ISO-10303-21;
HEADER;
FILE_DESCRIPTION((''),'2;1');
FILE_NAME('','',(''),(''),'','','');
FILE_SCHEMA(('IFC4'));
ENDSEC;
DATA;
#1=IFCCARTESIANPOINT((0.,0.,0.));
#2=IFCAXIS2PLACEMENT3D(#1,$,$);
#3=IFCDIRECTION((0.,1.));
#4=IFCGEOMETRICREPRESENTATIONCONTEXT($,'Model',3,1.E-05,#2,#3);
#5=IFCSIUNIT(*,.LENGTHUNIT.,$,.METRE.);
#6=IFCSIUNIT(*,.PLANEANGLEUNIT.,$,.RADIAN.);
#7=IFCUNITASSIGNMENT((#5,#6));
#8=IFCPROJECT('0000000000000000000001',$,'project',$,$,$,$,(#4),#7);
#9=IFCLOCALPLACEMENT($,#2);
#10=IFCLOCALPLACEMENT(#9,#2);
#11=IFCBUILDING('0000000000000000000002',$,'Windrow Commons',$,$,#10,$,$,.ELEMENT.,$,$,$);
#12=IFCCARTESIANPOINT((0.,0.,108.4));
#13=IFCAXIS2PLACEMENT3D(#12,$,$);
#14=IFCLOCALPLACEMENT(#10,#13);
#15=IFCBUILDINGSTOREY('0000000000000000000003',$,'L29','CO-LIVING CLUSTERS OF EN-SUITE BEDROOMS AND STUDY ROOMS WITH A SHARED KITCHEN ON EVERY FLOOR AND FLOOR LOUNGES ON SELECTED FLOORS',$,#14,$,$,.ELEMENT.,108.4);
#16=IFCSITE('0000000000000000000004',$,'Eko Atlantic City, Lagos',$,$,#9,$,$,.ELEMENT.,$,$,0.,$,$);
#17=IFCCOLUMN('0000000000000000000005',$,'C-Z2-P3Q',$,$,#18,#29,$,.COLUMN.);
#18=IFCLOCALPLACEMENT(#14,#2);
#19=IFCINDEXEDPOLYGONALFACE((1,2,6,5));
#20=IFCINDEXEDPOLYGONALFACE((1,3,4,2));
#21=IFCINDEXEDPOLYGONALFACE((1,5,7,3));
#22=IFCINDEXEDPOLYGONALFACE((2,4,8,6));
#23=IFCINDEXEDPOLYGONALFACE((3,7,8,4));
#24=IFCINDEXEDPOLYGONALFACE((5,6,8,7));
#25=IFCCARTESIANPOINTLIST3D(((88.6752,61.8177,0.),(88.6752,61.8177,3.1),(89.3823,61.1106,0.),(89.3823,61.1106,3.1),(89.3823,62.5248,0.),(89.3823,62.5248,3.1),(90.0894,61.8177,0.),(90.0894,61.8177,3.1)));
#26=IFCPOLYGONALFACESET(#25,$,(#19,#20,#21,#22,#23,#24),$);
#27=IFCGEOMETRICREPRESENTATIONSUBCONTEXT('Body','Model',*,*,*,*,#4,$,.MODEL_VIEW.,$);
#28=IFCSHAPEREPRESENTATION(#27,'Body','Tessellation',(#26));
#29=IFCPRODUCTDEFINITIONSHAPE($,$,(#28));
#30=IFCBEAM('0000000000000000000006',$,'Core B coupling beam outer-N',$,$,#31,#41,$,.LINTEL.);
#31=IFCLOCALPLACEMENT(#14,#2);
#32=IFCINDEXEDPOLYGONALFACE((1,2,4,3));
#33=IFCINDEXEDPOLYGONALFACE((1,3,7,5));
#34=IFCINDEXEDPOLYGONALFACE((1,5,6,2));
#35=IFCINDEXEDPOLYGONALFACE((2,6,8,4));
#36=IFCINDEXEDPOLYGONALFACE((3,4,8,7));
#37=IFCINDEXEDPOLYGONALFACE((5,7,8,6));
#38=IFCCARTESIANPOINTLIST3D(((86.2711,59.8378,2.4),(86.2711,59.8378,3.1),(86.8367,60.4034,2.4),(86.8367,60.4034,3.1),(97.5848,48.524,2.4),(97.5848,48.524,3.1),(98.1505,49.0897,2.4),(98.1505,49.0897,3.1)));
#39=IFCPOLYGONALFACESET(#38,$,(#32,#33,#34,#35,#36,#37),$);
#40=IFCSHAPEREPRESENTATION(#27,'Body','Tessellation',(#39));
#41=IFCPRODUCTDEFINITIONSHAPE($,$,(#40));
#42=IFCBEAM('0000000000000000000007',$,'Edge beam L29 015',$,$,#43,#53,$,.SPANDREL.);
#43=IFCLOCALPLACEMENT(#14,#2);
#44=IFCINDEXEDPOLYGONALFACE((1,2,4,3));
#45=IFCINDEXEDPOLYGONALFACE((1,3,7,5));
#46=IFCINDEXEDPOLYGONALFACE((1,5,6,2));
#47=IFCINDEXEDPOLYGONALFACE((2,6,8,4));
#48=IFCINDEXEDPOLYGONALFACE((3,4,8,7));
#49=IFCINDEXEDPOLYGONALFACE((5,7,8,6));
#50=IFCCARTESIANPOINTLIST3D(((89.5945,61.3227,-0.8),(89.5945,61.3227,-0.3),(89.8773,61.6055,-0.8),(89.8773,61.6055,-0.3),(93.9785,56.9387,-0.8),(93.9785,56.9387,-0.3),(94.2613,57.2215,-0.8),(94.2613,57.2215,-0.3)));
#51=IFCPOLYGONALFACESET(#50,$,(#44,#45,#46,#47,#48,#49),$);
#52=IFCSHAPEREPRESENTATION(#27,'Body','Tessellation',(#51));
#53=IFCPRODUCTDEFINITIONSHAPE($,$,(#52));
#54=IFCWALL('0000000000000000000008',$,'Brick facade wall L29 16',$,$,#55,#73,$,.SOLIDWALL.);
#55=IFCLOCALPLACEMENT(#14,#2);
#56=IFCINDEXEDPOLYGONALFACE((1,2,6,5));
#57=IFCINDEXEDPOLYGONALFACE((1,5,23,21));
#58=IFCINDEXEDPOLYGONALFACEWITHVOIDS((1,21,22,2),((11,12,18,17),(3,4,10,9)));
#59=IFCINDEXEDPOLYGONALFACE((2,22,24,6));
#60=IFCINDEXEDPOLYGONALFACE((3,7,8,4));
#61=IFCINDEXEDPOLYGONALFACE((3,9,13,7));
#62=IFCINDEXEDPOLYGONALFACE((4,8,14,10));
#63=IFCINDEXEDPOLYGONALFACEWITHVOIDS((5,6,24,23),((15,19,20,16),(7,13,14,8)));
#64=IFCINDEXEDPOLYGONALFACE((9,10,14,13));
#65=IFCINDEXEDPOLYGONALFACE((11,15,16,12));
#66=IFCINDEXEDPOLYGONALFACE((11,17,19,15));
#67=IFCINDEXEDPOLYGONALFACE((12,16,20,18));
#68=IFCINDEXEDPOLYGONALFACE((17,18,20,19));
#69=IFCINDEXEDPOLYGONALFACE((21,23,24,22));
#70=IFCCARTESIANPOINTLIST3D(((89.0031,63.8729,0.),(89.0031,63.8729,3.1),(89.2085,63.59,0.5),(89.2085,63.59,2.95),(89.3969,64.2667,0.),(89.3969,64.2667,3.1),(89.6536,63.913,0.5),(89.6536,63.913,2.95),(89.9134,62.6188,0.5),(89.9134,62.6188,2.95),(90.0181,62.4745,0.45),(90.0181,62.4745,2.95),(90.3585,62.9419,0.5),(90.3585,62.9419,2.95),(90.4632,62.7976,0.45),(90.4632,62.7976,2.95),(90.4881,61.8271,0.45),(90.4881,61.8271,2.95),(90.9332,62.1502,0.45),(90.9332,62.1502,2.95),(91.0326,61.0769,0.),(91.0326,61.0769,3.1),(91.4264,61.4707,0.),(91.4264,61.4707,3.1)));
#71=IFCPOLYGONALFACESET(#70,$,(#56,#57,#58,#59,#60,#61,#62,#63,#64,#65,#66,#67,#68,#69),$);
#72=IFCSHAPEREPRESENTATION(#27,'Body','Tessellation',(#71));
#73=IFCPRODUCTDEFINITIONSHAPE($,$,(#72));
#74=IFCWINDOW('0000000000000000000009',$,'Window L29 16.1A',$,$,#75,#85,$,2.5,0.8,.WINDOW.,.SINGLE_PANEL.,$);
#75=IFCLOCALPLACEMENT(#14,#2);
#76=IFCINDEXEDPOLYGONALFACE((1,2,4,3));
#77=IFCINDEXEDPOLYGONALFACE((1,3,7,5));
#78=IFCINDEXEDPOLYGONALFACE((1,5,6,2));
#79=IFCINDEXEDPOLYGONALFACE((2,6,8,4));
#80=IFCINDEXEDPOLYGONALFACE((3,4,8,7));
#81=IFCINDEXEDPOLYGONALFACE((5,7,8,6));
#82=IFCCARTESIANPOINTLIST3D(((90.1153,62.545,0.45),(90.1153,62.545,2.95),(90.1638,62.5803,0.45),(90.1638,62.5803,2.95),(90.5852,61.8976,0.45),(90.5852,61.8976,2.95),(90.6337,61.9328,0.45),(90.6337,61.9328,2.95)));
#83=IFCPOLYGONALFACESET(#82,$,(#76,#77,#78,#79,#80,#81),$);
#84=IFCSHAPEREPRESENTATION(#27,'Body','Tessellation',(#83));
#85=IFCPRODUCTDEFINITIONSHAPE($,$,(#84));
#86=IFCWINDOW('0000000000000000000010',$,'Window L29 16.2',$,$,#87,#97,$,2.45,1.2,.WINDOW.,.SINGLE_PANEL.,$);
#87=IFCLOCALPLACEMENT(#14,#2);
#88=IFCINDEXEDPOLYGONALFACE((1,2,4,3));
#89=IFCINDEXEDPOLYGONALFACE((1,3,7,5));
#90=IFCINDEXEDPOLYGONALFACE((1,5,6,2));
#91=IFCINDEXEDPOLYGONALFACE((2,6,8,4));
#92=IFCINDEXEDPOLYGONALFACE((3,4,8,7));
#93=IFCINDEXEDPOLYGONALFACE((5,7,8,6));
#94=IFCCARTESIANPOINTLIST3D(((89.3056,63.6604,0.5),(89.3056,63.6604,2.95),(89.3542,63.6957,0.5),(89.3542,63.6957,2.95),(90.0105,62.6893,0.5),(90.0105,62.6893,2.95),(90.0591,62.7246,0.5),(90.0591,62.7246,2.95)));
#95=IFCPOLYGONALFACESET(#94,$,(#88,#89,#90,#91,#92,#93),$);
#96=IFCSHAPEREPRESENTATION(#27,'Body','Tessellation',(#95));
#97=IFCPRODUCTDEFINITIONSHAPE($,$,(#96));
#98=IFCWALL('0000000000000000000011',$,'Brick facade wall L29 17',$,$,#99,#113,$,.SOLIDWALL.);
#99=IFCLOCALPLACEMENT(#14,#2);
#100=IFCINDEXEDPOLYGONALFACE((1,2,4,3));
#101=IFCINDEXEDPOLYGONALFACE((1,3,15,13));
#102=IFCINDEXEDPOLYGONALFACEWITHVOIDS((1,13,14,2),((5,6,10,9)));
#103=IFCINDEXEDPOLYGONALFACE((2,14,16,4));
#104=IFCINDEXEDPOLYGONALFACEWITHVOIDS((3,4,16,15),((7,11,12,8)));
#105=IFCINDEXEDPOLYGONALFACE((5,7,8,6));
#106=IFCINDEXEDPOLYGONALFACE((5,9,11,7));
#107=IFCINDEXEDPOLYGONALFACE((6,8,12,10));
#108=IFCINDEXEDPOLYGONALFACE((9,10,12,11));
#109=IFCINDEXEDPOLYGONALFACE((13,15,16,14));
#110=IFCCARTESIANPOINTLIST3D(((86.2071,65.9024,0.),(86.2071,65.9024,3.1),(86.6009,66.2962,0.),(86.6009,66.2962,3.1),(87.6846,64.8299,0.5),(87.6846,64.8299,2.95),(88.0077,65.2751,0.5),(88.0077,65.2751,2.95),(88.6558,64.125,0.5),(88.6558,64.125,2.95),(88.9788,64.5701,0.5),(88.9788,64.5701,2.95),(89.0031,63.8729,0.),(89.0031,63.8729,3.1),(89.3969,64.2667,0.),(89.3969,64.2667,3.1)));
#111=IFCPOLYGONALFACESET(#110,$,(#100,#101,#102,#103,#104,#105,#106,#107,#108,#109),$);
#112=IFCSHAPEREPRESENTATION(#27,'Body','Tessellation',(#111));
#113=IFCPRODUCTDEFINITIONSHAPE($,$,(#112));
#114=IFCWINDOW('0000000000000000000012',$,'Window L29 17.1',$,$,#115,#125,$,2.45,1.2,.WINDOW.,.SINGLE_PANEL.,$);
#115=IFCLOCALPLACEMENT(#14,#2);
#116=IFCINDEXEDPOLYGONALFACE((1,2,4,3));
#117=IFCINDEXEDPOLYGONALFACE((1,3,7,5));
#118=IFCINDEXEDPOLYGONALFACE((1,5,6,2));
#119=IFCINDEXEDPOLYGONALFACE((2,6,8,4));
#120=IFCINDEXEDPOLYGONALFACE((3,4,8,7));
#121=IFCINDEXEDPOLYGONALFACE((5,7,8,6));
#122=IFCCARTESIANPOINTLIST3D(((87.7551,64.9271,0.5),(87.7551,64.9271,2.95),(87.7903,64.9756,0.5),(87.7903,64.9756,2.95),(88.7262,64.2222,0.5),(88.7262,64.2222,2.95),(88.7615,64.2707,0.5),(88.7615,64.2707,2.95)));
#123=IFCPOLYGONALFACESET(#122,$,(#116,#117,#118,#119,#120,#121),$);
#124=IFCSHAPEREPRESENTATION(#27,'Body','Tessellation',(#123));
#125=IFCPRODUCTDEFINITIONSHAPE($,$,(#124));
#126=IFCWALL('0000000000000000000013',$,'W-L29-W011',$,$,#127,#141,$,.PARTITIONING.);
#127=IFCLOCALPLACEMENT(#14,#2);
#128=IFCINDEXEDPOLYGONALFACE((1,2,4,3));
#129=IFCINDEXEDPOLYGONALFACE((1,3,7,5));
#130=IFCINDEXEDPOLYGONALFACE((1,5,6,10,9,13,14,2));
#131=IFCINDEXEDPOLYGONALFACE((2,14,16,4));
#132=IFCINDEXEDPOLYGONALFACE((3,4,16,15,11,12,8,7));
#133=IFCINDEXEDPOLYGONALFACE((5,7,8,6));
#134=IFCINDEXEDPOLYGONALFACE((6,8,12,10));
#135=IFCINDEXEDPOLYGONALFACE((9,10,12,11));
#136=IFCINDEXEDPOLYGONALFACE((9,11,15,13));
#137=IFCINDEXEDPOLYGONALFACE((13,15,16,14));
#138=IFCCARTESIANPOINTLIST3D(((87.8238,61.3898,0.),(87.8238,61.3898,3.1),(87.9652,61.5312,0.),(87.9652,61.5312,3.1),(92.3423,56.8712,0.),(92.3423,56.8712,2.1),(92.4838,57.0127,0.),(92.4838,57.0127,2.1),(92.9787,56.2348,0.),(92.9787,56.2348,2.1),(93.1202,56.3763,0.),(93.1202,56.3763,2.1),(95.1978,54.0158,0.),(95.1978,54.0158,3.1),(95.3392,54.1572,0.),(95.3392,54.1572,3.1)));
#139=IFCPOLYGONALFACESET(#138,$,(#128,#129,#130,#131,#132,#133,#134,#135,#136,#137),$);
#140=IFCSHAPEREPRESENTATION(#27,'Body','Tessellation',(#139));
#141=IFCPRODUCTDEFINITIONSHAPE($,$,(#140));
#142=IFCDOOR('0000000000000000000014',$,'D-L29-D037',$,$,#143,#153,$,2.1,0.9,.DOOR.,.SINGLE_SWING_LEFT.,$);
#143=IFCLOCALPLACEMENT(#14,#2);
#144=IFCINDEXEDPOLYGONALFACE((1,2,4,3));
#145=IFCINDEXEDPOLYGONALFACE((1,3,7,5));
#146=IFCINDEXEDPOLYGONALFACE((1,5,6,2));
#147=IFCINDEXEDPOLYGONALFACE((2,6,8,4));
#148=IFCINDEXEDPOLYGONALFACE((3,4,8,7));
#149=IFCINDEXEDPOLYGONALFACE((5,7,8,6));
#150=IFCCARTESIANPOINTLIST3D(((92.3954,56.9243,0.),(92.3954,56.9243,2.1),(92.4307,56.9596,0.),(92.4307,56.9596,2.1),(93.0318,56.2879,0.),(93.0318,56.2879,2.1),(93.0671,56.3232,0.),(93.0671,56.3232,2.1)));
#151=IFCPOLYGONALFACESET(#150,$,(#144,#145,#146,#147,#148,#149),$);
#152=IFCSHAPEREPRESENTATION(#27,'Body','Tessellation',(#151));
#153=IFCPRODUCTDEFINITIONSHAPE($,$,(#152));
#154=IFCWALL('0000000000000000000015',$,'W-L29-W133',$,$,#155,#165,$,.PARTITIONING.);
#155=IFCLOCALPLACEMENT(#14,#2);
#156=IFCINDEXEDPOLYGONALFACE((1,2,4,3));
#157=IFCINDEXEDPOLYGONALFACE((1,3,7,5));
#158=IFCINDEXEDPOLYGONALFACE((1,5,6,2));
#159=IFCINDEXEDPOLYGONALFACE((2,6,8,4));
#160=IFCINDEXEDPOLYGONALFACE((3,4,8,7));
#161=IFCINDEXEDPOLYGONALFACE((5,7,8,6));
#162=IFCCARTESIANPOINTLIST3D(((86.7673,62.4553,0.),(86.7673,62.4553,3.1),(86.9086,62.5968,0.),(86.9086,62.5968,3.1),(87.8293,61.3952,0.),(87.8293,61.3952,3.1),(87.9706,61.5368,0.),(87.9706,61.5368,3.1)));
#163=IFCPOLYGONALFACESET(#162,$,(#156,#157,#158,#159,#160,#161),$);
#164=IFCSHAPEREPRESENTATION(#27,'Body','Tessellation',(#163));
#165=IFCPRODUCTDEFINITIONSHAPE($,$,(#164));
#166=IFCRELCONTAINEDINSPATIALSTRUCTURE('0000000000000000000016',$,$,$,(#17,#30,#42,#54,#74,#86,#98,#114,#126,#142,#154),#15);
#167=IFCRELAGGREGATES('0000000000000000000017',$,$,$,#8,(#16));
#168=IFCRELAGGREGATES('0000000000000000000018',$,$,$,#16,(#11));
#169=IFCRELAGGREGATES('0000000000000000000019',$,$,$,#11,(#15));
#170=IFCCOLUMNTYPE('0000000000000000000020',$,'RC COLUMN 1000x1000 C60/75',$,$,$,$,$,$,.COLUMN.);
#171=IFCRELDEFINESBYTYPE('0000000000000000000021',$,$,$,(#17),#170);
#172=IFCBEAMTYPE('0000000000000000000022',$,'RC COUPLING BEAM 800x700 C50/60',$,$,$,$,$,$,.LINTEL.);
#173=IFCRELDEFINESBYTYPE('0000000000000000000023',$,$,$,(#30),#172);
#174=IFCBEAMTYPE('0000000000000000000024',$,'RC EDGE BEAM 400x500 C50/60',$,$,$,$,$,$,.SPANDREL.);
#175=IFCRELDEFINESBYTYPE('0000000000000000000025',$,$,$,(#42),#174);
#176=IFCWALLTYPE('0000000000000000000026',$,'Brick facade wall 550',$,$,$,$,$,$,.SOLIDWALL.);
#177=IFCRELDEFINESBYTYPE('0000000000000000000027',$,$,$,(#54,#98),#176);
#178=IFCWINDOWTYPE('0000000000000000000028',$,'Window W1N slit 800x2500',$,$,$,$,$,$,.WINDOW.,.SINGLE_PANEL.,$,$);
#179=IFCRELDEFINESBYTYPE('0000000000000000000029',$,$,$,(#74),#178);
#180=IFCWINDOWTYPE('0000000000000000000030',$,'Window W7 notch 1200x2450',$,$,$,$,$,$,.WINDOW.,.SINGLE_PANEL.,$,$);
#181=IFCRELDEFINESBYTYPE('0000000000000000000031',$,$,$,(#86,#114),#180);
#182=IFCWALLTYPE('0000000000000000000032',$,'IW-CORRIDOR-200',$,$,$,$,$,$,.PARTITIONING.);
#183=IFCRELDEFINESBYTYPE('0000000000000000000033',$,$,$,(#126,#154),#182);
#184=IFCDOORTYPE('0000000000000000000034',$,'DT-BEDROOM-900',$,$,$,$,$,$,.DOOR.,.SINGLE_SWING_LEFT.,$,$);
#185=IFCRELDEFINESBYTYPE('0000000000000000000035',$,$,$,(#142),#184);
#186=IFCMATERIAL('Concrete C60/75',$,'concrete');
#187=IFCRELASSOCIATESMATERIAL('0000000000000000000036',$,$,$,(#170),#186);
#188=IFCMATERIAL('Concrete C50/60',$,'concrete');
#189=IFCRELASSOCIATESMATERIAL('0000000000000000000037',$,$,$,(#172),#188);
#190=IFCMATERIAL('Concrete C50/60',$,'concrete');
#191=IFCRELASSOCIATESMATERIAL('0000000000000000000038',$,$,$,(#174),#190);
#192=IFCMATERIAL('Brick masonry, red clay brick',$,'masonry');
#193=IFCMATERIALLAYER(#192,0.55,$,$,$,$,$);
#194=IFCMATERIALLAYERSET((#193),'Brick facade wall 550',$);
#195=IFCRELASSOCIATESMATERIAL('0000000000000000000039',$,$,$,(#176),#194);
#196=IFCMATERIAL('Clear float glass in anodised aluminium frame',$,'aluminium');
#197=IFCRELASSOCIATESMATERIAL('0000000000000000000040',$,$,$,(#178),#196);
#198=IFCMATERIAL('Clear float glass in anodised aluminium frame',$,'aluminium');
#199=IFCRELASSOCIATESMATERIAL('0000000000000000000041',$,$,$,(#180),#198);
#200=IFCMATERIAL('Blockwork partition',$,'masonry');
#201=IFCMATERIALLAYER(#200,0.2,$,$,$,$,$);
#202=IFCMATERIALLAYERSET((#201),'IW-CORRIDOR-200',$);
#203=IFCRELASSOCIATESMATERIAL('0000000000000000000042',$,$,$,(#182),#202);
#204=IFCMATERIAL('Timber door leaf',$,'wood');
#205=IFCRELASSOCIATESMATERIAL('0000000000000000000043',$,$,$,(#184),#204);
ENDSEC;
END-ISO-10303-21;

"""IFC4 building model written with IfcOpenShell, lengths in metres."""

from ifc_helpers import new_model, si_unit, direction, frame, frame_2d, origin, origin_2d, place, context, subcontext, project, spatial, polyline, rectangle, outline, extrude, material, layer, layer_set, material_profile, profile_set, type_object, element, fill, save


model = new_model("IFC4")

# Units and contexts
model_context = context("Model", 3, precision=1e-05, world=origin(), true_north=direction((0.0, 1.0)))
body_context = subcontext(model_context, "Body", "Model", "MODEL_VIEW")
ifc_project = project(units=[si_unit("LENGTHUNIT", "METRE"), si_unit("PLANEANGLEUNIT", "RADIAN")], contexts=[model_context])

# Site, building, storey
site_placement = place(None, origin())
site = spatial("IfcSite", under=ifc_project, at=site_placement, Name="Eko Atlantic City, Lagos", CompositionType="ELEMENT", RefElevation=0.0)
building_placement = place(site_placement, origin())
building = spatial("IfcBuilding", under=site, at=building_placement, Name="Windrow Commons", CompositionType="ELEMENT")
storey_placement = place(building_placement, frame((0.0, 0.0, 108.4)))
storey = spatial("IfcBuildingStorey", under=building, at=storey_placement, Name="L29", Description="CO-LIVING CLUSTERS OF EN-SUITE BEDROOMS AND STUDY ROOMS WITH A SHARED KITCHEN ON EVERY FLOOR AND FLOOR LOUNGES ON SELECTED FLOORS", CompositionType="ELEMENT", Elevation=108.4)

# Column
ifc_material_1 = material(Name="Concrete C60/75", Category="concrete")
ifc_material_profile_1 = material_profile(ifc_material_1, rectangle(XDim=1.0, YDim=1.0, at=origin_2d()))
ifc_profile_set_1 = profile_set([ifc_material_profile_1], Name="Concrete C60/75")
column_type = type_object("IfcColumnType", Name="RC COLUMN 1000x1000 C60/75", PredefinedType="COLUMN", material=ifc_profile_set_1)
column_placement = place(storey_placement, frame((89.3823, 61.8177, 0.0), z_axis=(0.0, 0.0, 1.0), x_axis=(0.707107, -0.707107, 0.0)))
element("IfcColumn", 1, at=column_placement, inside=storey, type_object=column_type, Name="C-Z2-P3Q", PredefinedType="COLUMN", context=body_context, shape_type="SweptSolid", body=[
    extrude(rectangle(XDim=1.0, YDim=1.0, at=origin_2d()), origin(), (0.0, 0.0, 1.0), 3.1),
])

# Beams
ifc_material_2 = material(Name="Concrete C50/60", Category="concrete")
ifc_material_profile_2 = material_profile(ifc_material_2, rectangle(XDim=0.8, YDim=0.7, at=origin_2d()))
ifc_profile_set_2 = profile_set([ifc_material_profile_2], Name="Concrete C50/60")
beam_type_1 = type_object("IfcBeamType", Name="RC COUPLING BEAM 800x700 C50/60", PredefinedType="LINTEL", material=ifc_profile_set_2)
beam_1_placement = place(storey_placement, frame((86.5539, 60.1206, 2.75), z_axis=(0.707107, -0.707107, 0.0), x_axis=(0.707107, 0.707107, 0.0)))
element("IfcBeam", 2, at=beam_1_placement, inside=storey, type_object=beam_type_1, Name="Core B coupling beam outer-N", PredefinedType="LINTEL", context=body_context, shape_type="SweptSolid", body=[
    extrude(rectangle(XDim=0.8, YDim=0.7, at=origin_2d()), origin(), (0.0, 0.0, 1.0), 16.0),
])
ifc_material_3 = material(Name="Concrete C50/60", Category="concrete")
ifc_material_profile_3 = material_profile(ifc_material_3, rectangle(XDim=0.4, YDim=0.5, at=origin_2d()))
ifc_profile_set_3 = profile_set([ifc_material_profile_3], Name="Concrete C50/60")
beam_type_2 = type_object("IfcBeamType", Name="RC EDGE BEAM 400x500 C50/60", PredefinedType="SPANDREL", material=ifc_profile_set_3)
beam_2_placement = place(storey_placement, frame((89.7359, 61.4641, -0.55), z_axis=(0.707107, -0.707107, 0.0), x_axis=(0.707107, 0.707107, 0.0)))
element("IfcBeam", 3, at=beam_2_placement, inside=storey, type_object=beam_type_2, Name="Edge beam L29 015", PredefinedType="SPANDREL", context=body_context, shape_type="SweptSolid", body=[
    extrude(rectangle(XDim=0.4, YDim=0.5, at=origin_2d()), origin(), (0.0, 0.0, 1.0), 6.1999),
])

# Wall, openings, windows
ifc_material_4 = material(Name="Brick masonry, red clay brick", Category="masonry")
ifc_layer_1 = layer(ifc_material_4, 0.55)
ifc_layer_set_1 = layer_set([ifc_layer_1], Name="Brick facade wall 550")
wall_type_1 = type_object("IfcWallType", Name="Brick facade wall 550", PredefinedType="SOLIDWALL", material=ifc_layer_set_1)
wall_1_placement = place(storey_placement, frame((91.2295, 61.2738, 0.0), z_axis=(0.0, 0.0, 1.0), x_axis=(-0.587423, 0.80928, 0.0)))
wall_1 = element("IfcWall", 4, at=wall_1_placement, inside=storey, type_object=wall_type_1, Name="Brick facade wall L29 16", PredefinedType="SOLIDWALL", context=body_context, shape_type="SweptSolid", body=[
    extrude(outline(polyline([(0.0437, -0.275), (3.4986, -0.275), (3.4112, 0.275), (-0.0437, 0.275), (0.0437, -0.275)])), origin(), (0.0, 0.0, 1.0), 3.1),
])
opening_1_placement = place(wall_1_placement, frame((1.8616, 0.0, 0.5)))
opening_1 = element("IfcOpeningElement", 5, at=opening_1_placement, cuts=wall_1, PredefinedType="OPENING", context=body_context, shape_type="SweptSolid", body=[
    extrude(rectangle(XDim=1.2, YDim=2.45, at=frame_2d((0.6, 1.225))), frame((0.0, 0.285, 0.0), z_axis=(0.0, -1.0, 0.0), x_axis=(1.0, 0.0, 0.0)), (0.0, 0.0, 1.0), 0.57),
])
opening_2_placement = place(wall_1_placement, frame((0.8833, 0.0, 0.45)))
opening_2 = element("IfcOpeningElement", 6, at=opening_2_placement, cuts=wall_1, PredefinedType="OPENING", context=body_context, shape_type="SweptSolid", body=[
    extrude(rectangle(XDim=0.8, YDim=2.5, at=frame_2d((0.4, 1.25))), frame((0.0, 0.285, 0.0), z_axis=(0.0, -1.0, 0.0), x_axis=(1.0, 0.0, 0.0)), (0.0, 0.0, 1.0), 0.57),
])
ifc_material_5 = material(Name="Clear float glass in anodised aluminium frame", Category="aluminium")
window_type_1 = type_object("IfcWindowType", Name="Window W1N slit 800x2500", PartitioningType="SINGLE_PANEL", PredefinedType="WINDOW", material=ifc_material_5)
window_1_placement = place(opening_2_placement, origin())
window_1 = element("IfcWindow", 7, at=window_1_placement, inside=storey, type_object=window_type_1, Name="Window L29 16.1A", OverallHeight=2.5, OverallWidth=0.8, PartitioningType="SINGLE_PANEL", PredefinedType="WINDOW", context=body_context, shape_type="SweptSolid", body=[
    extrude(rectangle(XDim=0.8, YDim=2.5, at=frame_2d((0.4, 1.25))), frame((0.0, 0.155, 0.0), z_axis=(0.0, -1.0, 0.0), x_axis=(1.0, 0.0, 0.0)), (0.0, 0.0, 1.0), 0.06),
])
fill(opening_2, window_1)
ifc_material_6 = material(Name="Clear float glass in anodised aluminium frame", Category="aluminium")
window_type_2 = type_object("IfcWindowType", Name="Window W7 notch 1200x2450", PartitioningType="SINGLE_PANEL", PredefinedType="WINDOW", material=ifc_material_6)
window_2_placement = place(opening_1_placement, origin())
window_2 = element("IfcWindow", 8, at=window_2_placement, inside=storey, type_object=window_type_2, Name="Window L29 16.2", OverallHeight=2.45, OverallWidth=1.2, PartitioningType="SINGLE_PANEL", PredefinedType="WINDOW", context=body_context, shape_type="SweptSolid", body=[
    extrude(rectangle(XDim=1.2, YDim=2.45, at=frame_2d((0.6, 1.225))), frame((0.0, 0.155, 0.0), z_axis=(0.0, -1.0, 0.0), x_axis=(1.0, 0.0, 0.0)), (0.0, 0.0, 1.0), 0.06),
])
fill(opening_1, window_2)

# Wall, opening, window
wall_2_placement = place(storey_placement, frame((89.2, 64.0698, 0.0), z_axis=(0.0, 0.0, 1.0), x_axis=(-0.80928, 0.587423, 0.0)))
wall_2 = element("IfcWall", 9, at=wall_2_placement, inside=storey, type_object=wall_type_1, Name="Brick facade wall L29 17", PredefinedType="SOLIDWALL", context=body_context, shape_type="SweptSolid", body=[
    extrude(outline(polyline([(-0.0437, -0.275), (3.4112, -0.275), (3.4986, 0.275), (0.0437, 0.275), (-0.0437, -0.275)])), origin(), (0.0, 0.0, 1.0), 3.1),
])
opening_3_placement = place(wall_2_placement, frame((0.4729, 0.0, 0.5)))
opening_3 = element("IfcOpeningElement", 10, at=opening_3_placement, cuts=wall_2, PredefinedType="OPENING", context=body_context, shape_type="SweptSolid", body=[
    extrude(rectangle(XDim=1.2, YDim=2.45, at=frame_2d((0.6, 1.225))), frame((0.0, 0.285, 0.0), z_axis=(0.0, -1.0, 0.0), x_axis=(1.0, 0.0, 0.0)), (0.0, 0.0, 1.0), 0.57),
])
window_3_placement = place(opening_3_placement, origin())
window_3 = element("IfcWindow", 11, at=window_3_placement, inside=storey, type_object=window_type_2, Name="Window L29 17.1", OverallHeight=2.45, OverallWidth=1.2, PartitioningType="SINGLE_PANEL", PredefinedType="WINDOW", context=body_context, shape_type="SweptSolid", body=[
    extrude(rectangle(XDim=1.2, YDim=2.45, at=frame_2d((0.6, 1.225))), frame((0.0, 0.155, 0.0), z_axis=(0.0, -1.0, 0.0), x_axis=(1.0, 0.0, 0.0)), (0.0, 0.0, 1.0), 0.06),
])
fill(opening_3, window_3)

# Wall, opening, door
ifc_material_7 = material(Name="Blockwork partition", Category="masonry")
ifc_layer_2 = layer(ifc_material_7, 0.2)
ifc_layer_set_2 = layer_set([ifc_layer_2], Name="IW-CORRIDOR-200")
wall_type_2 = type_object("IfcWallType", Name="IW-CORRIDOR-200", PredefinedType="PARTITIONING", material=ifc_layer_set_2)
wall_3_placement = place(storey_placement, frame((87.8945, 61.4605, 0.0), z_axis=(0.0, 0.0, 1.0), x_axis=(0.707107, -0.707107, 0.0)))
wall_3 = element("IfcWall", 12, at=wall_3_placement, inside=storey, type_object=wall_type_2, Name="W-L29-W011", PredefinedType="PARTITIONING", context=body_context, shape_type="SweptSolid", body=[
    extrude(rectangle(XDim=10.4284, YDim=0.2, at=frame_2d((5.2142, 0.0))), origin(), (0.0, 0.0, 1.0), 3.1),
])
opening_4_placement = place(wall_3_placement, frame((6.3902, 0.0, 0.0)))
opening_4 = element("IfcOpeningElement", 13, at=opening_4_placement, cuts=wall_3, PredefinedType="OPENING", context=body_context, shape_type="SweptSolid", body=[
    extrude(rectangle(XDim=0.9, YDim=2.1, at=frame_2d((0.45, 1.05))), frame((0.0, 0.11, 0.0), z_axis=(0.0, -1.0, 0.0), x_axis=(1.0, 0.0, 0.0)), (0.0, 0.0, 1.0), 0.22),
])
ifc_material_8 = material(Name="Timber door leaf", Category="wood")
door_type_1 = type_object("IfcDoorType", Name="DT-BEDROOM-900", OperationType="SINGLE_SWING_LEFT", PredefinedType="DOOR", material=ifc_material_8)
door_1_placement = place(opening_4_placement, origin())
door_1 = element("IfcDoor", 14, at=door_1_placement, inside=storey, type_object=door_type_1, Name="D-L29-D037", OperationType="SINGLE_SWING_LEFT", OverallHeight=2.1, OverallWidth=0.9, PredefinedType="DOOR", context=body_context, shape_type="SweptSolid", body=[
    extrude(rectangle(XDim=0.9, YDim=2.1, at=frame_2d((0.45, 1.05))), frame((0.0, 0.025, 0.0), z_axis=(0.0, -1.0, 0.0), x_axis=(1.0, 0.0, 0.0)), (0.0, 0.0, 1.0), 0.05),
])
fill(opening_4, door_1)

# Wall
wall_4_placement = place(storey_placement, frame((86.838, 62.526, 0.0), z_axis=(0.0, 0.0, 1.0), x_axis=(0.707773, -0.70644, 0.0)))
element("IfcWall", 15, at=wall_4_placement, inside=storey, type_object=wall_type_2, Name="W-L29-W133", PredefinedType="PARTITIONING", context=body_context, shape_type="SweptSolid", body=[
    extrude(rectangle(XDim=1.5005, YDim=0.2, at=frame_2d((0.7502, 0.0))), origin(), (0.0, 0.0, 1.0), 3.1),
])

save(model, "model.ifc")
